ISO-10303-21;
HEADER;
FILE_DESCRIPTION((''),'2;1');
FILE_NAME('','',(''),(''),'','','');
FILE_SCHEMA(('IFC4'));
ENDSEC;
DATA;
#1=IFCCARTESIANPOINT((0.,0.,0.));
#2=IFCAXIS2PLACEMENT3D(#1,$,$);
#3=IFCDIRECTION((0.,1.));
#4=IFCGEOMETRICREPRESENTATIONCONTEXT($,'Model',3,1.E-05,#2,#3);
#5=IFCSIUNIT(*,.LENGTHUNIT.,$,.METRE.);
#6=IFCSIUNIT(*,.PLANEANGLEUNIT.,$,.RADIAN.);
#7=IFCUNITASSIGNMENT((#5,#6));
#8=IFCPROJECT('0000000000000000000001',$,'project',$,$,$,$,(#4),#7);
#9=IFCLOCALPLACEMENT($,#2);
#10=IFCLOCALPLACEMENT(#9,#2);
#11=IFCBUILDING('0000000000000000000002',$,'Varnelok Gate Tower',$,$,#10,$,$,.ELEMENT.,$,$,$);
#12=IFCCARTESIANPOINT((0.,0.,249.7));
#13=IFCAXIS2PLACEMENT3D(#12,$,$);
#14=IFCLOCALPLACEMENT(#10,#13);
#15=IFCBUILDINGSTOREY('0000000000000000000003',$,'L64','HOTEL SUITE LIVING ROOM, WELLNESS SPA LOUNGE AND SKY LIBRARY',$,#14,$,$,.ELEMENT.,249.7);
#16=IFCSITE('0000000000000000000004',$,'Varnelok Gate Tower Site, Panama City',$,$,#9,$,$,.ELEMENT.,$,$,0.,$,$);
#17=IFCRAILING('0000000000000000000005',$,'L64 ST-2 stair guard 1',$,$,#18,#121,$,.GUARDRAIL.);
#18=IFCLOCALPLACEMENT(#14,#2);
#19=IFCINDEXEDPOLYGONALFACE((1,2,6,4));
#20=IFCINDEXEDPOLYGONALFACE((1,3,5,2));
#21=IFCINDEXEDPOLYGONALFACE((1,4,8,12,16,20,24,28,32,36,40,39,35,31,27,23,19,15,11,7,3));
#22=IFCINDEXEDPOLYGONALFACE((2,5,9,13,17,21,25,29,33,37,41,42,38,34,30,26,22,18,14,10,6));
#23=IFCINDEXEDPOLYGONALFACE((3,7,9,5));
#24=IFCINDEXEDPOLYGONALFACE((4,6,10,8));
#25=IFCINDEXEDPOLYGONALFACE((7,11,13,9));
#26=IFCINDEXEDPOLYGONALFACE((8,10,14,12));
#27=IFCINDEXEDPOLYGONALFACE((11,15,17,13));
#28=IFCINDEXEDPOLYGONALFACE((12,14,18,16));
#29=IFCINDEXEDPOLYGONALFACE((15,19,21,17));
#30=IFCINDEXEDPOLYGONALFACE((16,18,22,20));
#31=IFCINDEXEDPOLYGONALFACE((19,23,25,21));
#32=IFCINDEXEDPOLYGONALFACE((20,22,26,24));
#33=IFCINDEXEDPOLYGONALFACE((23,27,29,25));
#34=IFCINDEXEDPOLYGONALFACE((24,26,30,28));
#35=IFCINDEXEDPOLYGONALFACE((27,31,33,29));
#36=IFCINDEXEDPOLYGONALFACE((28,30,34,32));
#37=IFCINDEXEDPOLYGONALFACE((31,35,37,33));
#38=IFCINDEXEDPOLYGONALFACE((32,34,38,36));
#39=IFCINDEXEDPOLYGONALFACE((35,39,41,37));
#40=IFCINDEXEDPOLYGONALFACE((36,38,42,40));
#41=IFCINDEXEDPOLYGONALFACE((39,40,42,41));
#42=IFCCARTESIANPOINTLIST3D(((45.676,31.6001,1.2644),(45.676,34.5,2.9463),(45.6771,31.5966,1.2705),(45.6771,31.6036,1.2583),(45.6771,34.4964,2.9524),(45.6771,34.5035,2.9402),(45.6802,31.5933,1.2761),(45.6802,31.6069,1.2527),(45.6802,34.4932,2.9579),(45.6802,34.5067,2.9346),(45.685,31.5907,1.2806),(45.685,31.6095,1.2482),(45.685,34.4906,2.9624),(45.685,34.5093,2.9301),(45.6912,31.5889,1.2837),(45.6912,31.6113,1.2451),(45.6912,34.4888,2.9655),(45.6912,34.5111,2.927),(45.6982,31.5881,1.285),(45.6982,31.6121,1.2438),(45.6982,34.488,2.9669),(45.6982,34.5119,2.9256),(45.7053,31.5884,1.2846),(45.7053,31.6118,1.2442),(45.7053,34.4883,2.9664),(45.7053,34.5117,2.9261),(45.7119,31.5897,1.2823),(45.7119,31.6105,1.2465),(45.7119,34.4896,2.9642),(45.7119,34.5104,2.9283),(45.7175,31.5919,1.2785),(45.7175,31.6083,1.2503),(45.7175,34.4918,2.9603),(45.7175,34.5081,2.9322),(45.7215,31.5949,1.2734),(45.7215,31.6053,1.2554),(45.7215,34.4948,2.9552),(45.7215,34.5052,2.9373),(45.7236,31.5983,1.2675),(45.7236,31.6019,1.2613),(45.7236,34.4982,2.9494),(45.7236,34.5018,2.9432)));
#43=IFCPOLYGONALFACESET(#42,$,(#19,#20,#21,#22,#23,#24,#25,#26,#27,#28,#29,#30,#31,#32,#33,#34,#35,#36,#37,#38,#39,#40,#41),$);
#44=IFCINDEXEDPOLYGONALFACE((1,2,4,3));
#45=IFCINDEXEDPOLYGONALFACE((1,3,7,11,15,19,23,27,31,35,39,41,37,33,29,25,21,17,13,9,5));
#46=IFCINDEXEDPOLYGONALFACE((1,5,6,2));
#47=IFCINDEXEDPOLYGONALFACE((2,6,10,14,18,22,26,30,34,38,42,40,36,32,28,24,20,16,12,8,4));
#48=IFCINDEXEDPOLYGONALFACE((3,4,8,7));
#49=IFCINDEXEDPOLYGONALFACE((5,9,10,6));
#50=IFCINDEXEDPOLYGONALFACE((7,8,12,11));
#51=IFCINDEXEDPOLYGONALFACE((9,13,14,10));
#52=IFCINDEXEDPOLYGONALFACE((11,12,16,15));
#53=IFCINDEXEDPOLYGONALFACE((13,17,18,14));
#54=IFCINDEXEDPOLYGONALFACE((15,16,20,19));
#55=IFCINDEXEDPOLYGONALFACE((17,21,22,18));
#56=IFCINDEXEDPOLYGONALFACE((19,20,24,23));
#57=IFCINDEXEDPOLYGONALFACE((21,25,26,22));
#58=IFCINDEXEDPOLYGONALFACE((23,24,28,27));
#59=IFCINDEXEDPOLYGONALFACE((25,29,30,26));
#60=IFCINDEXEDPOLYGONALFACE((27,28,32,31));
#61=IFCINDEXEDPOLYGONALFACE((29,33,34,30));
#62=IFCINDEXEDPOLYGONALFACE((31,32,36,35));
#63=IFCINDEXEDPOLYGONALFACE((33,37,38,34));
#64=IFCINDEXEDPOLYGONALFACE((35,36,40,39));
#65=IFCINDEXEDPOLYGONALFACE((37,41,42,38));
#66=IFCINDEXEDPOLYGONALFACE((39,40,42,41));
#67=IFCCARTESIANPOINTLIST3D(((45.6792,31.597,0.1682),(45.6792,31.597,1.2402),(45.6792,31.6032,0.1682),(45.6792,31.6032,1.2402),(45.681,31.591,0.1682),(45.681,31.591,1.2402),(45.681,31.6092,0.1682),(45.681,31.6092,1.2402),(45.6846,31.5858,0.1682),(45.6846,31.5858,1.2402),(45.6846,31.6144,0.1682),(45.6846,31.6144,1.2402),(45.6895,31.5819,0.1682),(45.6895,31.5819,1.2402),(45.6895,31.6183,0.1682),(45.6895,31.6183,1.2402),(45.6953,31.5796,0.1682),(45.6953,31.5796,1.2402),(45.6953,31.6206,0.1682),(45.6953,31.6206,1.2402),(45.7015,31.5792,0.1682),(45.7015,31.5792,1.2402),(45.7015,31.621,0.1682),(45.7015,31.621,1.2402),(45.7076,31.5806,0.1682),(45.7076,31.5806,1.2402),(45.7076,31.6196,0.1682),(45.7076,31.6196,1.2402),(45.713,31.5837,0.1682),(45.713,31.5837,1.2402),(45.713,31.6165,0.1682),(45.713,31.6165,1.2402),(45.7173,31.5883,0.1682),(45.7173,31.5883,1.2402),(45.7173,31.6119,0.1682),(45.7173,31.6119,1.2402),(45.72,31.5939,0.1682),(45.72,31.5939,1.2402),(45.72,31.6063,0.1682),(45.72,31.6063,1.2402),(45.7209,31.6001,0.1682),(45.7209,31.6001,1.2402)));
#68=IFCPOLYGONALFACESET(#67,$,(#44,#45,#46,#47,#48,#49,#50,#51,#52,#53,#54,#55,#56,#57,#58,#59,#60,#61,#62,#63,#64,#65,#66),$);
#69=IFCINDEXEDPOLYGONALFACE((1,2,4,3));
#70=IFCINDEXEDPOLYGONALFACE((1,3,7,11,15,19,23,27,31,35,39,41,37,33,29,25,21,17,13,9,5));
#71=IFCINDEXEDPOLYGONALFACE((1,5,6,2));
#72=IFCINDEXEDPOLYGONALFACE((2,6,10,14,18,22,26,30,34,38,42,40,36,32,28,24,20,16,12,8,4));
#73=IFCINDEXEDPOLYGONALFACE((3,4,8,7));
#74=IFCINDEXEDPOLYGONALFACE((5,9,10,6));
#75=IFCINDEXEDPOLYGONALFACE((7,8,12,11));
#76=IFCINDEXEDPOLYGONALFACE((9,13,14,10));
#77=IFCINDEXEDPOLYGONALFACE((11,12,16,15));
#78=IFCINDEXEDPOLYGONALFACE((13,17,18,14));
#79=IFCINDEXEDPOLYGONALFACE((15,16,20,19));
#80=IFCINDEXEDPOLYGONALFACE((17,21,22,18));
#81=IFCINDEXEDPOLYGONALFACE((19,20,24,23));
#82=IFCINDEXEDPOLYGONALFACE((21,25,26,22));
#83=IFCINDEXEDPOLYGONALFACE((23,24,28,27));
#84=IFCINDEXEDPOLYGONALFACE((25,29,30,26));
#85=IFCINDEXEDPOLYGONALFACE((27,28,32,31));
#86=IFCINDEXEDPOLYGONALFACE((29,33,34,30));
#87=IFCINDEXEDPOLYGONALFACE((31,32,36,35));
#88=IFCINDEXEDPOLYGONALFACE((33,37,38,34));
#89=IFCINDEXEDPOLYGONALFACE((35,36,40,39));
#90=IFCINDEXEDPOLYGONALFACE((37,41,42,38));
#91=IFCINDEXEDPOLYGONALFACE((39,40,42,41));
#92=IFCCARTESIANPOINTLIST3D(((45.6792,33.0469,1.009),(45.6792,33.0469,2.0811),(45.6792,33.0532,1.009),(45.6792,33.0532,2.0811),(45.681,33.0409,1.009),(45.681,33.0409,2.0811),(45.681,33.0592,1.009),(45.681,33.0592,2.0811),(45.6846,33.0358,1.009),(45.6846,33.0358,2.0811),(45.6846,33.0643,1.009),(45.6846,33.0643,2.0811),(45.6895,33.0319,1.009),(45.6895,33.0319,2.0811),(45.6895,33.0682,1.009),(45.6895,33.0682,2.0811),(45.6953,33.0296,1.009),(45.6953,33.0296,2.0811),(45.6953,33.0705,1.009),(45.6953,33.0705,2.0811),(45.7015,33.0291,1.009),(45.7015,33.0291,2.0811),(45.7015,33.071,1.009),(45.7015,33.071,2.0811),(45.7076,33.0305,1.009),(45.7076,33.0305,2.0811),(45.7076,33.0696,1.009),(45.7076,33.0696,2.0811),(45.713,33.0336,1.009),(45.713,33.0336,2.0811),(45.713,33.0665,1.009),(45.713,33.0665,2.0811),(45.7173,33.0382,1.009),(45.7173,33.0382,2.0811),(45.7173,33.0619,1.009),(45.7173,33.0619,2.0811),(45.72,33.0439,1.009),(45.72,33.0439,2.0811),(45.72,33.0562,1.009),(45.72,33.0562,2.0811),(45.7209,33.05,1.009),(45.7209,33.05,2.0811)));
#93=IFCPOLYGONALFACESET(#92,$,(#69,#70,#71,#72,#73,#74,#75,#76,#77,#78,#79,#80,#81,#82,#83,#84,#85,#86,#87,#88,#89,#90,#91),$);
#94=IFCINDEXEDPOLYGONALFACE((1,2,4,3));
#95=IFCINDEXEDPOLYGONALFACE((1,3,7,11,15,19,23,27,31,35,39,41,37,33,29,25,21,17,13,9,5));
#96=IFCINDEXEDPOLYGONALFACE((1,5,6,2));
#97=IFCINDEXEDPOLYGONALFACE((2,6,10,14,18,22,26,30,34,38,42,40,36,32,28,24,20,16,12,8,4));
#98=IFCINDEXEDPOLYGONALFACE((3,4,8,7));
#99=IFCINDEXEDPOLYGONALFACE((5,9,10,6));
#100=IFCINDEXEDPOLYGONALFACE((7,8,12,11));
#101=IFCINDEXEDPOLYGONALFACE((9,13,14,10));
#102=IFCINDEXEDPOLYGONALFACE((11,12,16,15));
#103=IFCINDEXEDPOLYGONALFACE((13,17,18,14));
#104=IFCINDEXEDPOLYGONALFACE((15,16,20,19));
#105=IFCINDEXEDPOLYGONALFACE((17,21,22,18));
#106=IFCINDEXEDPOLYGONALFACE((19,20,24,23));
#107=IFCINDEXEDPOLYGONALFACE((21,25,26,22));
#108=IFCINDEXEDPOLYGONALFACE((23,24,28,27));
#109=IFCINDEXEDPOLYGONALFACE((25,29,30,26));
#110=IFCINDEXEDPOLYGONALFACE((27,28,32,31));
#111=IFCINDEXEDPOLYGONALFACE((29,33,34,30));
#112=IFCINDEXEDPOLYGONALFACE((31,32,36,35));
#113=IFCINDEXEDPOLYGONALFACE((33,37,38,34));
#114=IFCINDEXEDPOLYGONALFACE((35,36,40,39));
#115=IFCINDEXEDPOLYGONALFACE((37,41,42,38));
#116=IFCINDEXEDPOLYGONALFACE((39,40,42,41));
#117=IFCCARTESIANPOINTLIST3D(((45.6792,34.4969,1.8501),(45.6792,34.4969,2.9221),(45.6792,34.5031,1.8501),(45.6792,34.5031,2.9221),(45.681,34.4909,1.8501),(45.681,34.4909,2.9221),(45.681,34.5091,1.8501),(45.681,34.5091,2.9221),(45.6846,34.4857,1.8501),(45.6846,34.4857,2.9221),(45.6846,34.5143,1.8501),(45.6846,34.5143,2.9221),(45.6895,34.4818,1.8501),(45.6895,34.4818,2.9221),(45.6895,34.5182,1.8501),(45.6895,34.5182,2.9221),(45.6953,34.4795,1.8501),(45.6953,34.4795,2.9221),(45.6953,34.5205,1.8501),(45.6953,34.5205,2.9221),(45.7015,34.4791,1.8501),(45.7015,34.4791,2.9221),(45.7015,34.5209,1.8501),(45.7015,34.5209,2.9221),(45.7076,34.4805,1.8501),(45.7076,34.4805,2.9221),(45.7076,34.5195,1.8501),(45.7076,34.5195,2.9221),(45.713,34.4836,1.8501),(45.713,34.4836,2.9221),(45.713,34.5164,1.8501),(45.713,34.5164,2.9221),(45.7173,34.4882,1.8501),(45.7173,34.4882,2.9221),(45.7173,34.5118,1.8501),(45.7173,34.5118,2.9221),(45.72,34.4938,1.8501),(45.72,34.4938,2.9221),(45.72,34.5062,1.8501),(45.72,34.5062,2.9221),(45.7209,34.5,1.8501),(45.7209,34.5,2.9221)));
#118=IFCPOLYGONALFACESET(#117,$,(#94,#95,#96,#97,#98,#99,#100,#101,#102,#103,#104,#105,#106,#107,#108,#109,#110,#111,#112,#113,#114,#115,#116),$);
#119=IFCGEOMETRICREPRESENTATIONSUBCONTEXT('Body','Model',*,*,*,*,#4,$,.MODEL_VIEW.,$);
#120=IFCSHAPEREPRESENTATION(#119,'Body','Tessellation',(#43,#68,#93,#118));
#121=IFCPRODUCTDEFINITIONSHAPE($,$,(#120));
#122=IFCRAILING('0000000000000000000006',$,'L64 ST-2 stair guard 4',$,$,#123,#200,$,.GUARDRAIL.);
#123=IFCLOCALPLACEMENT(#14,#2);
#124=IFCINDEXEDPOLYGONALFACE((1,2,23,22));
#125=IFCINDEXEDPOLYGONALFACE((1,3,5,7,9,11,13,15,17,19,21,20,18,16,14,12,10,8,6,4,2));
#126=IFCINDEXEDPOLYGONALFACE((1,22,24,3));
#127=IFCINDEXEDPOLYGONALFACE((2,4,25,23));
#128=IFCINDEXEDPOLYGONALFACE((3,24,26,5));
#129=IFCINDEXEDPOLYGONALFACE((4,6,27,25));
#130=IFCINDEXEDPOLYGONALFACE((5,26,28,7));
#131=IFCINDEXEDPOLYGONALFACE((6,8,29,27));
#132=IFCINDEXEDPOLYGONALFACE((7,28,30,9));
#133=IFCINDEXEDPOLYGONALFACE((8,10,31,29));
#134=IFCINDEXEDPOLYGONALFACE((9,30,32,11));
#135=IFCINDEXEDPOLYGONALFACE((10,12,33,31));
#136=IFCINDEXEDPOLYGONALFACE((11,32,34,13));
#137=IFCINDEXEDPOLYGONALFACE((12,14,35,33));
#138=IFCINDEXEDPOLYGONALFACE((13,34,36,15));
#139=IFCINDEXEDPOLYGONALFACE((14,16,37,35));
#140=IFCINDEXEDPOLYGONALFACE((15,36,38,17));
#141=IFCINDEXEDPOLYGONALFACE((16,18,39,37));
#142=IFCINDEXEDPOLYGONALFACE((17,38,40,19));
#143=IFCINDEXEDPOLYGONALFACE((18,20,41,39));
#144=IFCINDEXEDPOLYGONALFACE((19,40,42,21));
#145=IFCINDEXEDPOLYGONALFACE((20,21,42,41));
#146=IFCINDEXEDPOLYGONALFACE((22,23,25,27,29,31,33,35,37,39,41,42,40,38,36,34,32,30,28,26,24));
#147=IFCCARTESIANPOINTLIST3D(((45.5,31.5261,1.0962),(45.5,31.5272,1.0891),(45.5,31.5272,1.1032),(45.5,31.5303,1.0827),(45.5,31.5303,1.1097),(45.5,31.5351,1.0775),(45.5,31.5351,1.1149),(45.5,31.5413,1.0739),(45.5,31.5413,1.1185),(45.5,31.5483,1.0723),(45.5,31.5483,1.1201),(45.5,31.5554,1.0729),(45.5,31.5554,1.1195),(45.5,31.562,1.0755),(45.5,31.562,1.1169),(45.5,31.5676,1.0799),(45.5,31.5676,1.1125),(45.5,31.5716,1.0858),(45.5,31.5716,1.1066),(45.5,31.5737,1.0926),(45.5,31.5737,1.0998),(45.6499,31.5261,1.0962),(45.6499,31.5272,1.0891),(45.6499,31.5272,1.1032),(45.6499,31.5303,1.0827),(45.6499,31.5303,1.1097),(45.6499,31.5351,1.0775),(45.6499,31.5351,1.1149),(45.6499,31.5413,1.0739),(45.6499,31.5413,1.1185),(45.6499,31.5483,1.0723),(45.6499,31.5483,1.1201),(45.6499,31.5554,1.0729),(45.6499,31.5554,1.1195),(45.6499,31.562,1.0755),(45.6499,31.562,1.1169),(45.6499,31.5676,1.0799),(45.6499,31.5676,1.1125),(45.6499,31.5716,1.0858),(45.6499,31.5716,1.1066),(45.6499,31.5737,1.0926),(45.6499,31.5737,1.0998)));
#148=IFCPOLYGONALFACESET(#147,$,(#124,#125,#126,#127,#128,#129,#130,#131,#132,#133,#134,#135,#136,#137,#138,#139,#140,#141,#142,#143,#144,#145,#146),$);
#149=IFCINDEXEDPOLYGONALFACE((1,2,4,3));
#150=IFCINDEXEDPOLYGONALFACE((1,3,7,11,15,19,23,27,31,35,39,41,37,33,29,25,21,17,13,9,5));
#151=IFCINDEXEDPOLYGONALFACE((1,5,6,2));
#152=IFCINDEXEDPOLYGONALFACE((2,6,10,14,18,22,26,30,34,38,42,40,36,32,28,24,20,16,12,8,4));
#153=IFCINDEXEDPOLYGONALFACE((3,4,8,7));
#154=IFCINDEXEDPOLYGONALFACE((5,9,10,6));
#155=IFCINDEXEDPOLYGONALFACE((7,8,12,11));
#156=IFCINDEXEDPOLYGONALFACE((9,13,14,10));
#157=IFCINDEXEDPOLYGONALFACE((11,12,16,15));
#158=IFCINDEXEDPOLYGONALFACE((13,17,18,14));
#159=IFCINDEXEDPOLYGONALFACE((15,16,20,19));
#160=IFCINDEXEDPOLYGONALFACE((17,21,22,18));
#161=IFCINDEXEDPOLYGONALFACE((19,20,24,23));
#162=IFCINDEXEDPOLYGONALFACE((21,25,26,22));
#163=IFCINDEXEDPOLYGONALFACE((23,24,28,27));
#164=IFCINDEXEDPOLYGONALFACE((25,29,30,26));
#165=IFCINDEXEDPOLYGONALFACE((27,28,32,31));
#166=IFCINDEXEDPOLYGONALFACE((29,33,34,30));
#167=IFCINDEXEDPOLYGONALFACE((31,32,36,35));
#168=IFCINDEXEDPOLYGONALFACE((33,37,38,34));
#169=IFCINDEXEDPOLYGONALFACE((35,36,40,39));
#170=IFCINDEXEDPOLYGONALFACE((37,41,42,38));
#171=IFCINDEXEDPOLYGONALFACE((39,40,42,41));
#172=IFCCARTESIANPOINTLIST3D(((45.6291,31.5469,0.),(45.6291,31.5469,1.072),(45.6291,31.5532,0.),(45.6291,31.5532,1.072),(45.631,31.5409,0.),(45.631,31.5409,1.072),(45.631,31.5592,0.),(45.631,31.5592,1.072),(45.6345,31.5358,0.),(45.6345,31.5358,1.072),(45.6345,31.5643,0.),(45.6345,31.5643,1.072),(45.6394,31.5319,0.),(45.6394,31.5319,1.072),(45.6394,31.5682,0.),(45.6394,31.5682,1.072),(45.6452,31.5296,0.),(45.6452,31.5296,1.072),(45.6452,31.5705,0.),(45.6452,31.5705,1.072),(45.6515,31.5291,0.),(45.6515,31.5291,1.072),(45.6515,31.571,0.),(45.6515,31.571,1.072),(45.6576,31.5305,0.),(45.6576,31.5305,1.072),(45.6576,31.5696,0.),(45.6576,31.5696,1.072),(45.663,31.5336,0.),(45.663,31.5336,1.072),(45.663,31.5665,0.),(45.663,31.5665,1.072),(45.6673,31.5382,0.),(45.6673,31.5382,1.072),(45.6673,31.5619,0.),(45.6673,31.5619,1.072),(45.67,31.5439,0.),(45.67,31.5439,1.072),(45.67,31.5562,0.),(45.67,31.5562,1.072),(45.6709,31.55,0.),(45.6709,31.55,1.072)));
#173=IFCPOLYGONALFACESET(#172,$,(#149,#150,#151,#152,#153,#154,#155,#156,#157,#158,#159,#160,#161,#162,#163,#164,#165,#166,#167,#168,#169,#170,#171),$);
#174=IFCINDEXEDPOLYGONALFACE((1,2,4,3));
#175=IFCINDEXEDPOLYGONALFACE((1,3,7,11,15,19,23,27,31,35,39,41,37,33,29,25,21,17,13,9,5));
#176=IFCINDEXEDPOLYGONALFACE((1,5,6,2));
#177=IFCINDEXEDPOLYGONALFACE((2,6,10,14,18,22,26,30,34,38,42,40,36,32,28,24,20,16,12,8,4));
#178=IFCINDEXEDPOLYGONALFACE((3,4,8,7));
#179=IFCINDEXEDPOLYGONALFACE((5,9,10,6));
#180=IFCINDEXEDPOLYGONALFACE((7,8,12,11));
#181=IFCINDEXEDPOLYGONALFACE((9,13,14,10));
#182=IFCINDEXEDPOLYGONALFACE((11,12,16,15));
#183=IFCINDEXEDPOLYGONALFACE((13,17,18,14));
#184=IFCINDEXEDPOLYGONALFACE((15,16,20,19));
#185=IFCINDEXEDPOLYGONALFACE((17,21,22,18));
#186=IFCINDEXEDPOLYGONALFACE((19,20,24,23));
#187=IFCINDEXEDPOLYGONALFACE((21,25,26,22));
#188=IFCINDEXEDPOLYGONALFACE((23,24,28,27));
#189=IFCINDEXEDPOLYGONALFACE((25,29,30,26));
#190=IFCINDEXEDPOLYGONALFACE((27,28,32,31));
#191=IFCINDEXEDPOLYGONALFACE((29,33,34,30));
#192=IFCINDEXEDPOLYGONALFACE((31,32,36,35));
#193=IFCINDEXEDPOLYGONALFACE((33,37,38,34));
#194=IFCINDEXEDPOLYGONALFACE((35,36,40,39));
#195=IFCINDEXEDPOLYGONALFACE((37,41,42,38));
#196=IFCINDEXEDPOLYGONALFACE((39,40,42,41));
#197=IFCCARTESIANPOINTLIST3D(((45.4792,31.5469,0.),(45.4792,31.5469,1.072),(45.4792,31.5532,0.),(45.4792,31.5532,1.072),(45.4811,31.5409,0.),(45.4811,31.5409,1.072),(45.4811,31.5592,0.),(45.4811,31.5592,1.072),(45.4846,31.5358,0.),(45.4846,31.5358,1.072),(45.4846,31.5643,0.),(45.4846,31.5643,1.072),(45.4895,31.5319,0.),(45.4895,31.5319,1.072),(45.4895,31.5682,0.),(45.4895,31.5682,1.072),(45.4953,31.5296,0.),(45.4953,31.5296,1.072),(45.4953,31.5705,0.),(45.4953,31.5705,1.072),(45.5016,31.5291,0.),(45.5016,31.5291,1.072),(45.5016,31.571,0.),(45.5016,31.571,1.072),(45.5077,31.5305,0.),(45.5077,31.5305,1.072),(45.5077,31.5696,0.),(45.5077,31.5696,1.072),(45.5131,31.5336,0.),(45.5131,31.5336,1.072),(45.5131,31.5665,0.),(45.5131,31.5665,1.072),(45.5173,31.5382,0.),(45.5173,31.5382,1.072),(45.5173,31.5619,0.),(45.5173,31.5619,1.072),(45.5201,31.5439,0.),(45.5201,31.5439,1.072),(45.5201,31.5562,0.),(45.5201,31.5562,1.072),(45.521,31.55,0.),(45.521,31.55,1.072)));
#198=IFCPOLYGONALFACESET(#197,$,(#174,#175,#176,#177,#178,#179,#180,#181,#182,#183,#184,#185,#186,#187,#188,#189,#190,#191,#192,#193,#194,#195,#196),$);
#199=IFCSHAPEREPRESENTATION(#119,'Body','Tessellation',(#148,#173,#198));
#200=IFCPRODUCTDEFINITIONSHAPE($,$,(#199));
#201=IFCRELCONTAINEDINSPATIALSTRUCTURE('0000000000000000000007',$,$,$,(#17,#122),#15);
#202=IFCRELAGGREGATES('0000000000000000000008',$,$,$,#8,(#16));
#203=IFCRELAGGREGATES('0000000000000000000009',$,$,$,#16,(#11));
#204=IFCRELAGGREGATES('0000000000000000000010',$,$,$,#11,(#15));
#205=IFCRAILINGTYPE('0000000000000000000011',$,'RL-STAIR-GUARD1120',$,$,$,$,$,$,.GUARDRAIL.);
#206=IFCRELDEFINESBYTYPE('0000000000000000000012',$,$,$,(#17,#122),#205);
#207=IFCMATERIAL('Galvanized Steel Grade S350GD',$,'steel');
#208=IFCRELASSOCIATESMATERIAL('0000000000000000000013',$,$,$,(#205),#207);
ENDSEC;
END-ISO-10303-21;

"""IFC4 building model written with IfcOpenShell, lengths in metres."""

from ifc_helpers import new_model, si_unit, direction, frame, origin, origin_2d, place, context, subcontext, project, spatial, circle, extrude, material, type_object, element, save


model = new_model("IFC4")

# Units and contexts
model_context = context("Model", 3, precision=1e-05, world=origin(), true_north=direction((0.0, 1.0)))
body_context = subcontext(model_context, "Body", "Model", "MODEL_VIEW")
ifc_project = project(units=[si_unit("LENGTHUNIT", "METRE"), si_unit("PLANEANGLEUNIT", "RADIAN")], contexts=[model_context])

# Site, building, storey
site_placement = place(None, origin())
site = spatial("IfcSite", under=ifc_project, at=site_placement, Name="Varnelok Gate Tower Site, Panama City", CompositionType="ELEMENT", RefElevation=0.0)
building_placement = place(site_placement, origin())
building = spatial("IfcBuilding", under=site, at=building_placement, Name="Varnelok Gate Tower", CompositionType="ELEMENT")
storey_placement = place(building_placement, frame((0.0, 0.0, 249.7)))
storey = spatial("IfcBuildingStorey", under=building, at=storey_placement, Name="L64", Description="HOTEL SUITE LIVING ROOM, WELLNESS SPA LOUNGE AND SKY LIBRARY", CompositionType="ELEMENT", Elevation=249.7)

# Shared definitions
ifc_material_1 = material(Name="Galvanized Steel Grade S350GD", Category="steel")

# Railings
railing_type_1 = type_object("IfcRailingType", Name="RL-STAIR-GUARD1120", PredefinedType="GUARDRAIL", material=ifc_material_1)
railing_1_placement = place(storey_placement, frame((45.7, 31.6001, 0.1682)))
element("IfcRailing", 1, at=railing_1_placement, inside=storey, type_object=railing_type_1, Name="L64 ST-2 stair guard 1", PredefinedType="GUARDRAIL", context=body_context, shape_type="SweptSolid", body=[
    extrude(circle(Radius=0.0239, at=origin_2d()), frame((0.0, 0.0, 1.0962), z_axis=(0.0, 0.865039, 0.501705), x_axis=(-1.0, 0.0, 0.0)), (0.0, 0.0, 1.0), 3.3523),
    extrude(circle(Radius=0.021, at=origin_2d()), origin(), (0.0, 0.0, 1.0), 1.072),
    extrude(circle(Radius=0.021, at=origin_2d()), frame((0.0, 1.45, 0.8408)), (0.0, 0.0, 1.0), 1.072),
    extrude(circle(Radius=0.021, at=origin_2d()), frame((0.0, 2.8999, 1.6819)), (0.0, 0.0, 1.0), 1.072),
])
railing_2_placement = place(storey_placement, frame((45.6499, 31.55, 0.0)))
element("IfcRailing", 2, at=railing_2_placement, inside=storey, type_object=railing_type_1, Name="L64 ST-2 stair guard 4", PredefinedType="GUARDRAIL", context=body_context, shape_type="SweptSolid", body=[
    extrude(circle(Radius=0.0239, at=origin_2d()), frame((0.0, 0.0, 1.0962), z_axis=(-1.0, 0.0, 0.0), x_axis=(0.0, -1.0, 0.0)), (0.0, 0.0, 1.0), 0.1499),
    extrude(circle(Radius=0.021, at=origin_2d()), origin(), (0.0, 0.0, 1.0), 1.072),
    extrude(circle(Radius=0.021, at=origin_2d()), frame((-0.1499, 0.0, 0.0)), (0.0, 0.0, 1.0), 1.072),
])

save(model, "model.ifc")
